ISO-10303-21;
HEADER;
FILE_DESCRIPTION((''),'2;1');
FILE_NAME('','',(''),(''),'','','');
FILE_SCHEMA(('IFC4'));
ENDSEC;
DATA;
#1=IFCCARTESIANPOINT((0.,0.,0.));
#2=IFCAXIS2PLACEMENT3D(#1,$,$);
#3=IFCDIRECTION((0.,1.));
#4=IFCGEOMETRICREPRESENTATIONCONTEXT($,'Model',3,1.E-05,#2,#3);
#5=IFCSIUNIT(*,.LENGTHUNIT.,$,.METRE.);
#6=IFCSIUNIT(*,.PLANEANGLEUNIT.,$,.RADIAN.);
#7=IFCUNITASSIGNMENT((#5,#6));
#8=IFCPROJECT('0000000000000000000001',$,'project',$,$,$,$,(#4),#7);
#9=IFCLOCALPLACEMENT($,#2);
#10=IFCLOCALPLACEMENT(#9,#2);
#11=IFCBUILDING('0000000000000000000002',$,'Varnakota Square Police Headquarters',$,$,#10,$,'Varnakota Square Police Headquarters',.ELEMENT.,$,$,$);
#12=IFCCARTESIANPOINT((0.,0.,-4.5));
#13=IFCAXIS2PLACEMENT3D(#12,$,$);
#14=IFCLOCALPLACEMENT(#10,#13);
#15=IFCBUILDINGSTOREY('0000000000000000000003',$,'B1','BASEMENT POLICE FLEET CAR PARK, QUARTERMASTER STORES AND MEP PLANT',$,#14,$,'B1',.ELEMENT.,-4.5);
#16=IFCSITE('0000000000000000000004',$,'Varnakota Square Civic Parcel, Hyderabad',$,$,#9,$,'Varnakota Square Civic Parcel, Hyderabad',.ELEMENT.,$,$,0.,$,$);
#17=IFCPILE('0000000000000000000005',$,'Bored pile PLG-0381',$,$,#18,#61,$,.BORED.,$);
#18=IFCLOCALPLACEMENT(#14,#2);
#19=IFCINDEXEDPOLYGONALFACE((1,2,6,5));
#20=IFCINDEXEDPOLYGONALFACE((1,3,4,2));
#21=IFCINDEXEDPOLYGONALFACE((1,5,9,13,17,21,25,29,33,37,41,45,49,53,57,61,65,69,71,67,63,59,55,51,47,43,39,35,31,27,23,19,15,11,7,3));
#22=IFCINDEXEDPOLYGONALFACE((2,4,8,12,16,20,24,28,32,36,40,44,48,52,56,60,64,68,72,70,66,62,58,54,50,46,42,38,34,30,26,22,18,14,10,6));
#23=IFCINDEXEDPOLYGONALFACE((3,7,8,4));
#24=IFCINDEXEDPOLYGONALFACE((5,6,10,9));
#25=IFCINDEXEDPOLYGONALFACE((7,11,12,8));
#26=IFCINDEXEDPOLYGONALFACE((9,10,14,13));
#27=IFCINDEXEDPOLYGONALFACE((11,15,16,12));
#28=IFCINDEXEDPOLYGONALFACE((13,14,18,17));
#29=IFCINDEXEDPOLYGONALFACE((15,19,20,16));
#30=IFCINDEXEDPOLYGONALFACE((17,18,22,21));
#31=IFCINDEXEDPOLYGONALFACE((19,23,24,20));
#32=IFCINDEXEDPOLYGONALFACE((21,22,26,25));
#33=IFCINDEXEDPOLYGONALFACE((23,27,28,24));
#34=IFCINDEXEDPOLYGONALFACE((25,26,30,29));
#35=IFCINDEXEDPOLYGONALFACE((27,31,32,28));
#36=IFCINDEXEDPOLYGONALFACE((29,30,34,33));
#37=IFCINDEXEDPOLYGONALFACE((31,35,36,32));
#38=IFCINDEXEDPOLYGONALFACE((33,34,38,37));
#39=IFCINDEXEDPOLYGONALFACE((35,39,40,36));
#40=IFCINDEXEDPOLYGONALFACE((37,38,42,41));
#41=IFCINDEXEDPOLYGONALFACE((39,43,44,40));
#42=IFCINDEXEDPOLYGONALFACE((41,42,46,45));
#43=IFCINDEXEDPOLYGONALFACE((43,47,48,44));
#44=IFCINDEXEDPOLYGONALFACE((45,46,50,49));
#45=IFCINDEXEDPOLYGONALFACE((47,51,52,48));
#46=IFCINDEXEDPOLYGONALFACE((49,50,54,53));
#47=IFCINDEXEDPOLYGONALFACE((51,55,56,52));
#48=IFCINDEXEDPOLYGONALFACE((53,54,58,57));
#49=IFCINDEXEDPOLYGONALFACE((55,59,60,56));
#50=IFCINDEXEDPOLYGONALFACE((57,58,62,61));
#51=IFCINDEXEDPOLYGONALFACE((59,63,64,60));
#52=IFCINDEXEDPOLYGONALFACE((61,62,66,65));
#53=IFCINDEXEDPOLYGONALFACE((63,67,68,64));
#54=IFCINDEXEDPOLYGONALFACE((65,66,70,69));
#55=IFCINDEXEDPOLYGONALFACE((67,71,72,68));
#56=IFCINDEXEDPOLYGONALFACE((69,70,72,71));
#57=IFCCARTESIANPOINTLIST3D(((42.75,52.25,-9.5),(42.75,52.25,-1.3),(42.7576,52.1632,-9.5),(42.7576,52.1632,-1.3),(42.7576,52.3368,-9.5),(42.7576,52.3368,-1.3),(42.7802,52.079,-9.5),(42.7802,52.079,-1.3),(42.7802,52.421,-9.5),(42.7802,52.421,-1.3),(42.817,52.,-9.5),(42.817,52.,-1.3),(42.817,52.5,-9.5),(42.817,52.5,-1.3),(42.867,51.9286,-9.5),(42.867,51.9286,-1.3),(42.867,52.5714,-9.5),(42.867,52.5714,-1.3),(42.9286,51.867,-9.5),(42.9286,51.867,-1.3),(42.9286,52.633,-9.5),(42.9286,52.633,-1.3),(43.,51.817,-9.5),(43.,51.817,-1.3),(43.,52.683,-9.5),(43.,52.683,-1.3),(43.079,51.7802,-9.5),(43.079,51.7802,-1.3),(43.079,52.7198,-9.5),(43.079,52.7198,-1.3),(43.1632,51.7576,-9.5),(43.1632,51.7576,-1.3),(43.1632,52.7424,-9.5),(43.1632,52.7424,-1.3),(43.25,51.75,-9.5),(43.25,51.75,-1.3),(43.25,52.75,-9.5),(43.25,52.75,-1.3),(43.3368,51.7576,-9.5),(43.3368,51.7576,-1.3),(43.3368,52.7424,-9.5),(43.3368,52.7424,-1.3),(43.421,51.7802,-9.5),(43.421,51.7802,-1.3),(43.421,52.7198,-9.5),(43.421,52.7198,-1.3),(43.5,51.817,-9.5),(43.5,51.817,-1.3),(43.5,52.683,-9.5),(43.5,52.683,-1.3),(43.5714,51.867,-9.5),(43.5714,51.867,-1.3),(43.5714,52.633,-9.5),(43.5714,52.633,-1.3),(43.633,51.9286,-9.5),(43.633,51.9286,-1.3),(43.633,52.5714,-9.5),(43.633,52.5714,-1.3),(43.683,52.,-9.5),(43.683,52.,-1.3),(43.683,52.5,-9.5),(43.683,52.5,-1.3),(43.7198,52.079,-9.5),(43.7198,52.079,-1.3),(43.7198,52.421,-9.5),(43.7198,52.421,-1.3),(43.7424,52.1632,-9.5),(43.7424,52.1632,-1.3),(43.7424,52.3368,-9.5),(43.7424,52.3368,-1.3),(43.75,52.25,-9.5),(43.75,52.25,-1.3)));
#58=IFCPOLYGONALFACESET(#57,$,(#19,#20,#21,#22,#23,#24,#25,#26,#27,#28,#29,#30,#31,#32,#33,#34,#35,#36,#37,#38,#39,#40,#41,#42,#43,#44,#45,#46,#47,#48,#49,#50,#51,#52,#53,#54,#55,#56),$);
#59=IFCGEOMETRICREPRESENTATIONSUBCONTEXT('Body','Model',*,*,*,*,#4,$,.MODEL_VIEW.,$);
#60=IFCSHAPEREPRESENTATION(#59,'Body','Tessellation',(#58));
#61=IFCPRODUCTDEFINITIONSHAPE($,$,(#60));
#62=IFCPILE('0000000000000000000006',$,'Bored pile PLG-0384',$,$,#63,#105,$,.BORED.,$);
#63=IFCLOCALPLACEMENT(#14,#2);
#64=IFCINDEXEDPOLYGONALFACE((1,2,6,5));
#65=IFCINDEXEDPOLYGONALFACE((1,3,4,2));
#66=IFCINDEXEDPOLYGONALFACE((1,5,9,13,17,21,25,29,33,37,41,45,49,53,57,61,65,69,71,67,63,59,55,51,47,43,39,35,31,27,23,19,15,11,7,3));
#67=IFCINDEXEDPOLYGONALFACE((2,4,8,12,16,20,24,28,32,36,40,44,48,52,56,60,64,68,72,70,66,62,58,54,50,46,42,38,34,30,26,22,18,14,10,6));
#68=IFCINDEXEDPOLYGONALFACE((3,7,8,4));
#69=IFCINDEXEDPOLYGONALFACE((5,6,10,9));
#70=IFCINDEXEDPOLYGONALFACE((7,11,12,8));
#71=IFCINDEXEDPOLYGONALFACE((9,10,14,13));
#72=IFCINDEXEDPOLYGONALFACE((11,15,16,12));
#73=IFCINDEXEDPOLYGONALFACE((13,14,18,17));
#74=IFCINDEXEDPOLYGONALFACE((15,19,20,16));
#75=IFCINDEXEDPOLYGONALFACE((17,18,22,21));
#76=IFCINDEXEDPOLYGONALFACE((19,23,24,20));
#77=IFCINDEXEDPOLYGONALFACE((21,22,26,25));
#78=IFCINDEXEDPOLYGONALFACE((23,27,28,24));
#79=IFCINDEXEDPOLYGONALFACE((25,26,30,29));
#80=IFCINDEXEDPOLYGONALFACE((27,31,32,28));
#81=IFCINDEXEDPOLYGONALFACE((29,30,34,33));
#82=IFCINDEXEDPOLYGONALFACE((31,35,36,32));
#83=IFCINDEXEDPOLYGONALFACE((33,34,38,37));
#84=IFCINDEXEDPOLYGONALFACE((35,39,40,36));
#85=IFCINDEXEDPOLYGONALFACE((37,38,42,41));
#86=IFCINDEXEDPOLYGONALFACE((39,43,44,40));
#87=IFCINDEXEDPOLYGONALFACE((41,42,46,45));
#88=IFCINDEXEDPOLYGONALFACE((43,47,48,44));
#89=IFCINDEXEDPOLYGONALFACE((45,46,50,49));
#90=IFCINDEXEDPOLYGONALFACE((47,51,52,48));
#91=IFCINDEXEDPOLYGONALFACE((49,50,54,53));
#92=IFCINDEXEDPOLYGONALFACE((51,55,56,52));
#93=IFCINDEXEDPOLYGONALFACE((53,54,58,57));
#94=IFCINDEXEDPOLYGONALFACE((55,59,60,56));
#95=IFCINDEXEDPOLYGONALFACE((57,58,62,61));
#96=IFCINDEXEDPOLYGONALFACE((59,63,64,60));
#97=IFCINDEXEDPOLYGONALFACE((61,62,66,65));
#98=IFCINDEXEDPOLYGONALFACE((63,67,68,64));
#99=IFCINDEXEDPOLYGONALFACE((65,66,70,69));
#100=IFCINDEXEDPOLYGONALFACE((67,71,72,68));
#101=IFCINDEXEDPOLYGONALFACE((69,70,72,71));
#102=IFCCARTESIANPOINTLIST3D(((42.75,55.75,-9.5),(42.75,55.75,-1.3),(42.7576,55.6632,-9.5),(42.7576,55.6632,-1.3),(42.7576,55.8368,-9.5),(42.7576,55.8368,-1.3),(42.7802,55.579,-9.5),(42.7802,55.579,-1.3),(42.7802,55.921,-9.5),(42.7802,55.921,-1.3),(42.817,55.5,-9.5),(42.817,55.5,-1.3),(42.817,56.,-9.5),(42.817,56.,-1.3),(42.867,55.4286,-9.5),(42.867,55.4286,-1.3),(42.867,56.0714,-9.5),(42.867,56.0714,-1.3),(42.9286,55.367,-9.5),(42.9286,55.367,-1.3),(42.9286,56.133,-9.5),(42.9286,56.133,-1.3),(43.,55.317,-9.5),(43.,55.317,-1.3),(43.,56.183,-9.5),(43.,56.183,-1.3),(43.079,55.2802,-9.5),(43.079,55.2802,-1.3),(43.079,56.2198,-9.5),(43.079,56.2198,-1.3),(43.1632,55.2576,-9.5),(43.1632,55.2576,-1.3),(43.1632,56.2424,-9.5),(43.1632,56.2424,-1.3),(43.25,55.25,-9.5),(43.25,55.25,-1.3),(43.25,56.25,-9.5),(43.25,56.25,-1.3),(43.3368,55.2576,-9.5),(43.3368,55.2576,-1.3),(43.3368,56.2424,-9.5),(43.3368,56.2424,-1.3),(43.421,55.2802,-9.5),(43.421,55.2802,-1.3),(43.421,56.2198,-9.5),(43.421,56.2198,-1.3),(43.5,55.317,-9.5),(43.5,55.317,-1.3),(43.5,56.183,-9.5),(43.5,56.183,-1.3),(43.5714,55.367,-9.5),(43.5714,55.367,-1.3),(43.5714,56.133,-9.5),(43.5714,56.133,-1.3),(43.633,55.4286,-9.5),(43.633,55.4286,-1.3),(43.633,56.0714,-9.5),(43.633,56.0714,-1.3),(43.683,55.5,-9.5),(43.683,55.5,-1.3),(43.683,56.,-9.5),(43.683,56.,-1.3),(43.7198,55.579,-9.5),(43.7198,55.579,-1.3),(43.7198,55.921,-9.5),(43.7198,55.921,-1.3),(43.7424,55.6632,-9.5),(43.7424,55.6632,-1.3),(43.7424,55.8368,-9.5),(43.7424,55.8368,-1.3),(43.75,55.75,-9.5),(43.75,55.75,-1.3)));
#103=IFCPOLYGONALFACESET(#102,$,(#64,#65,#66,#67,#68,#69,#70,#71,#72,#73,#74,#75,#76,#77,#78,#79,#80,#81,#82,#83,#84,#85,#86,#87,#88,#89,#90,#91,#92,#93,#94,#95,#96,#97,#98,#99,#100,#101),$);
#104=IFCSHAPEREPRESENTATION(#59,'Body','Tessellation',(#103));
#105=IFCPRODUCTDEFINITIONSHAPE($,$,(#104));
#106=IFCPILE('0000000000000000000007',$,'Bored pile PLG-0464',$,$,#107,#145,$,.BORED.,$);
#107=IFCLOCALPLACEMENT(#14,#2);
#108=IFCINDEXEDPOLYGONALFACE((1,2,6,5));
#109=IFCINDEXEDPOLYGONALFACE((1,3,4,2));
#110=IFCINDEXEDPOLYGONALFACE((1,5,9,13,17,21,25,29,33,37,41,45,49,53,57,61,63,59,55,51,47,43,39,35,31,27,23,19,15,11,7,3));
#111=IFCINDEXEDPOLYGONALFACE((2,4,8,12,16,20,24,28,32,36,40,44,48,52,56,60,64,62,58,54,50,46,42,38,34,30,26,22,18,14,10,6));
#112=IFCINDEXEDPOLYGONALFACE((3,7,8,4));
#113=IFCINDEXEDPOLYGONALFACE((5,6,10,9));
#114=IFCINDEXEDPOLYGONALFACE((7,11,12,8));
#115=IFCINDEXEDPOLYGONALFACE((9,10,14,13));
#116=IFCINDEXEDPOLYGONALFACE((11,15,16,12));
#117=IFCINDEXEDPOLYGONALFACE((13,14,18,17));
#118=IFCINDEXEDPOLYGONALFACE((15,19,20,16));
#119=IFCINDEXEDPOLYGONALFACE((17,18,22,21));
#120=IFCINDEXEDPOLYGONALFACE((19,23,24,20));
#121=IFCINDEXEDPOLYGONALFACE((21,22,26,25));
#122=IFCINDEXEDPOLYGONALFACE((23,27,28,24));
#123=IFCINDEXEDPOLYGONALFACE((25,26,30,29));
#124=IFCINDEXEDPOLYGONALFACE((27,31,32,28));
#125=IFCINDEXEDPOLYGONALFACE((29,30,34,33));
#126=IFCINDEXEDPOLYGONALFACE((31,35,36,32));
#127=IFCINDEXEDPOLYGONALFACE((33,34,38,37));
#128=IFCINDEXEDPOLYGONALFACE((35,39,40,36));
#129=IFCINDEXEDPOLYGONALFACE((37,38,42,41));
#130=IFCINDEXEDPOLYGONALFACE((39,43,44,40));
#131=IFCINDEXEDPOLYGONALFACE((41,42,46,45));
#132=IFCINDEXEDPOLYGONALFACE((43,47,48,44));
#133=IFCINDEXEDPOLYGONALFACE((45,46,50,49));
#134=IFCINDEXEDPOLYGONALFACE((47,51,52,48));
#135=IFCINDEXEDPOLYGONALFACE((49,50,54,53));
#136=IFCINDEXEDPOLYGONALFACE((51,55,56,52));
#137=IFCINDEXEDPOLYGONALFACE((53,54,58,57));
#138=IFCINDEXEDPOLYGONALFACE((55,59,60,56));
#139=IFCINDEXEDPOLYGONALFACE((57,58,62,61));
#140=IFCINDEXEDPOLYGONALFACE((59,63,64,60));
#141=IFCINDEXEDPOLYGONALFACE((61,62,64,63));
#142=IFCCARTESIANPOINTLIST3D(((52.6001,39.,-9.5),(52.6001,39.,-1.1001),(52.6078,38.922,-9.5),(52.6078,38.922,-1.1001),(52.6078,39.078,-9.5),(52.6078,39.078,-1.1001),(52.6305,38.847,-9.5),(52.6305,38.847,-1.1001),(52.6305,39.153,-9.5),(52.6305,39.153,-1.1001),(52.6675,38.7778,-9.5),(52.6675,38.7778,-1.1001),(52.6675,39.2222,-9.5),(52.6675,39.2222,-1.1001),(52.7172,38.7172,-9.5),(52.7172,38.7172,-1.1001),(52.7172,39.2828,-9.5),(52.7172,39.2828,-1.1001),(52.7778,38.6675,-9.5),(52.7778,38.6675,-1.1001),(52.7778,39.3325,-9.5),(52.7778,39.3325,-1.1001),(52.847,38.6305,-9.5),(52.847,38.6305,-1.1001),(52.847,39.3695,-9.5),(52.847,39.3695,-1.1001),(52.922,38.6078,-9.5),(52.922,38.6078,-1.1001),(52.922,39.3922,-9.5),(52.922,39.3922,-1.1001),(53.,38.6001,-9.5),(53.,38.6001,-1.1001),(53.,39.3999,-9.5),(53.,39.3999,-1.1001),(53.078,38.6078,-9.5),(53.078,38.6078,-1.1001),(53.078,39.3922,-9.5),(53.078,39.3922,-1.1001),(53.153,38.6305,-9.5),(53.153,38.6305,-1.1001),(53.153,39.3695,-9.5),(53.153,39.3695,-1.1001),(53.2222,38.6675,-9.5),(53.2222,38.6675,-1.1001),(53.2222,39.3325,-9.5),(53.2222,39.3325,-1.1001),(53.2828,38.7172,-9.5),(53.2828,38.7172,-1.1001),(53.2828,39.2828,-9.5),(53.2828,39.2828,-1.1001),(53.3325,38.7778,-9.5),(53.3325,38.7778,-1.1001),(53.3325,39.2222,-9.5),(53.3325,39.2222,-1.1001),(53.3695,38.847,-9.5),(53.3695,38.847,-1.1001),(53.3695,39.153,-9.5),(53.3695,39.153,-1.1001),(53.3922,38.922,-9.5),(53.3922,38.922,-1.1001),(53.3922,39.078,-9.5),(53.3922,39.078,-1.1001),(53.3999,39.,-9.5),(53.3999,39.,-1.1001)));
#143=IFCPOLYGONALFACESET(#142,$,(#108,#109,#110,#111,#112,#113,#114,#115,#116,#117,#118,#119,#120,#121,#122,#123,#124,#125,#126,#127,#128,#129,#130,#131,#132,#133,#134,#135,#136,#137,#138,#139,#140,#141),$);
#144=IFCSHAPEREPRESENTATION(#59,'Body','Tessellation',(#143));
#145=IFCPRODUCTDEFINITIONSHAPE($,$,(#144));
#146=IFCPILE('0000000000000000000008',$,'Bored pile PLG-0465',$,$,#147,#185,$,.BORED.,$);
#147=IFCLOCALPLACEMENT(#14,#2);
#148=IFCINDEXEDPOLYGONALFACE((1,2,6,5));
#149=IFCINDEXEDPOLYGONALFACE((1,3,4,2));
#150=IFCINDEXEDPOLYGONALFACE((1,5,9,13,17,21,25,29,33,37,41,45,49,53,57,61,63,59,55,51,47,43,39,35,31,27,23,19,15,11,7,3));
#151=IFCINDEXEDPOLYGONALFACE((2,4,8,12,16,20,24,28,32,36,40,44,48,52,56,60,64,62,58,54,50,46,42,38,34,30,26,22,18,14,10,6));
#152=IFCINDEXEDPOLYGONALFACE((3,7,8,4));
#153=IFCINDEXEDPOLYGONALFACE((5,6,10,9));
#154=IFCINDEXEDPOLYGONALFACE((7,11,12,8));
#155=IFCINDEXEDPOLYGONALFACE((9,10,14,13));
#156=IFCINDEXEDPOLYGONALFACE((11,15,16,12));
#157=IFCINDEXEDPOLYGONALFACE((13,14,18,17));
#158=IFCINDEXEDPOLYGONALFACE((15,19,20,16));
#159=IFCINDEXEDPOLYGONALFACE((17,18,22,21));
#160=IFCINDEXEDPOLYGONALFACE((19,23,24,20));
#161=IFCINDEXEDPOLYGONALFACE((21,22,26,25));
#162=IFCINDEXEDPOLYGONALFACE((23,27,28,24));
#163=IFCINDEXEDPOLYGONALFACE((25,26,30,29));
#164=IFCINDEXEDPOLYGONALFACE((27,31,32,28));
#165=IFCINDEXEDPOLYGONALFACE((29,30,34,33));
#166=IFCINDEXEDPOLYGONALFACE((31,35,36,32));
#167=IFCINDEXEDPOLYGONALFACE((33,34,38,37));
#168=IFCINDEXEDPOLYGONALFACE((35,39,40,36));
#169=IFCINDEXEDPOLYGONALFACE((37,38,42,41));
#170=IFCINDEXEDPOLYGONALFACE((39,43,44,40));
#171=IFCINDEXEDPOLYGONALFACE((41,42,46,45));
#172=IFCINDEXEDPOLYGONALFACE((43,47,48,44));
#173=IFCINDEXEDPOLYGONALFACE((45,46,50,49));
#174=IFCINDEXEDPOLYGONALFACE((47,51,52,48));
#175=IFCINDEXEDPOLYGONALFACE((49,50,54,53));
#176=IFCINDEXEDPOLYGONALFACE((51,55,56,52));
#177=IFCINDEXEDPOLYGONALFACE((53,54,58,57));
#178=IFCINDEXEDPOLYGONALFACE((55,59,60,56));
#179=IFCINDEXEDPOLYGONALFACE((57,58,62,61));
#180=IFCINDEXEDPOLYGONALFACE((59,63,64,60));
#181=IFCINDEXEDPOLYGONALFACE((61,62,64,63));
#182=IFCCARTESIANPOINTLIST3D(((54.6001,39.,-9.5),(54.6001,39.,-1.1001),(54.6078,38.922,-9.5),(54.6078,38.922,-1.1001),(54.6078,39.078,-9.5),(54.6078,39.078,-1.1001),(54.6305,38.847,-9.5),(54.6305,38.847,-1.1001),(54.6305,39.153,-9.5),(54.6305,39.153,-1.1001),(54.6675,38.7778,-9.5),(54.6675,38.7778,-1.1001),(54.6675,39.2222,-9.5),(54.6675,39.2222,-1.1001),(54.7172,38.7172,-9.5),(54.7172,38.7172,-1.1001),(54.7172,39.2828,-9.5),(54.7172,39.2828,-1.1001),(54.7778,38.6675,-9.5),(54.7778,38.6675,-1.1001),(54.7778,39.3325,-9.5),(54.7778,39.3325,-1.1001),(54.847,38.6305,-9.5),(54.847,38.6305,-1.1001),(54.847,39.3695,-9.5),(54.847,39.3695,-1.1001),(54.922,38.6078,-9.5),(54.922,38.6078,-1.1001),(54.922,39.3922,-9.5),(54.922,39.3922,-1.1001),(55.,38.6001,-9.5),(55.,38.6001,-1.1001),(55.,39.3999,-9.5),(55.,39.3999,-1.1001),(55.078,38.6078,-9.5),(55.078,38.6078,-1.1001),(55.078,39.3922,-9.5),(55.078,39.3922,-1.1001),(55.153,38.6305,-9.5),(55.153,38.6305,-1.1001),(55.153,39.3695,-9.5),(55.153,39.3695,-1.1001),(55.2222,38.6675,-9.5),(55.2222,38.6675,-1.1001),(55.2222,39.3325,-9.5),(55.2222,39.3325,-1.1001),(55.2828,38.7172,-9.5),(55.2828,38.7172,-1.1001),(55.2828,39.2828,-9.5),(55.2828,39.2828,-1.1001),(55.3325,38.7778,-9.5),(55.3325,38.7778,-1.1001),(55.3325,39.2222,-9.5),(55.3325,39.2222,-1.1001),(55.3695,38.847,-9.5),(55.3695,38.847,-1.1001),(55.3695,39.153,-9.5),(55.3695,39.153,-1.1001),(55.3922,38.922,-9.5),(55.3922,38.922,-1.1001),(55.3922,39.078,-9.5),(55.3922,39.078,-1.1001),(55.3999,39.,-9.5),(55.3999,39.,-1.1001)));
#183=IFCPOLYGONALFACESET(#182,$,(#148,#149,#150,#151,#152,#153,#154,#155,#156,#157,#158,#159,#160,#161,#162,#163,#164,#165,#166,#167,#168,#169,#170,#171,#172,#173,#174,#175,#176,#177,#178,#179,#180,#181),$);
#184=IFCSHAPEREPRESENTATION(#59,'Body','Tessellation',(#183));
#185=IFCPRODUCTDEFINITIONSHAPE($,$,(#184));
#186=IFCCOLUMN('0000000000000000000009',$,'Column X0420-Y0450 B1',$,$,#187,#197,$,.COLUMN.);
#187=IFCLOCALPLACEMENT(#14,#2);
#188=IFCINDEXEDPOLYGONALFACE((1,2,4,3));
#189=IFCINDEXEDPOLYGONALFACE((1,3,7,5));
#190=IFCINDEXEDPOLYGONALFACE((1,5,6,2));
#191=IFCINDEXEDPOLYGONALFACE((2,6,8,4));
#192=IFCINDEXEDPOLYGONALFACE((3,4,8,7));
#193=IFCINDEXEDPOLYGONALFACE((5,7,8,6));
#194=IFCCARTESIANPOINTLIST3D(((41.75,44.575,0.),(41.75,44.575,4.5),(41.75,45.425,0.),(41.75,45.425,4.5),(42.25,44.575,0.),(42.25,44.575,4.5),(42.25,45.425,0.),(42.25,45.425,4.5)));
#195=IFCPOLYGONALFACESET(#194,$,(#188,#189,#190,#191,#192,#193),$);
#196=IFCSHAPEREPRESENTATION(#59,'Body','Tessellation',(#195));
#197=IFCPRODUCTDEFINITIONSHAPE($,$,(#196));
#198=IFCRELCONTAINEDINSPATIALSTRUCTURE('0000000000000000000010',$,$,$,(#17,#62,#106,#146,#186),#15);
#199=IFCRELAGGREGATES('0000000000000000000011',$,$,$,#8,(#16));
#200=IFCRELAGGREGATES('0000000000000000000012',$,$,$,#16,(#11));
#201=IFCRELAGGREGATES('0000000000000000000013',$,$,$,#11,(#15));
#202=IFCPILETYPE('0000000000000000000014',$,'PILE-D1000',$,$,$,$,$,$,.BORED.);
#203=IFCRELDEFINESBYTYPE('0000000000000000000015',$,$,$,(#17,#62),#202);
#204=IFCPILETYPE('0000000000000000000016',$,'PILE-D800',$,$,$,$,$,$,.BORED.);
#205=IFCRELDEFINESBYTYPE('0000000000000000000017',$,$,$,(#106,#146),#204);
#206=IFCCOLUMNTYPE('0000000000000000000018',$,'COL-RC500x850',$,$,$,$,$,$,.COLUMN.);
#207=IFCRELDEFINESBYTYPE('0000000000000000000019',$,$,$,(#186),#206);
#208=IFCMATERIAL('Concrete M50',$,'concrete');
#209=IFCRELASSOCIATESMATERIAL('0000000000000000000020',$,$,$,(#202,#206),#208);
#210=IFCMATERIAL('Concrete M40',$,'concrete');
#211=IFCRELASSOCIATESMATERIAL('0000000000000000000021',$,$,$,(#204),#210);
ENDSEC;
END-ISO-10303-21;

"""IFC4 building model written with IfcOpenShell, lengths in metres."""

from ifc_helpers import new_model, si_unit, direction, frame, origin, origin_2d, place, context, subcontext, project, spatial, rectangle, circle, extrude, material, material_profile, profile_set, type_object, element, save


model = new_model("IFC4")

# Units and contexts
model_context = context("Model", 3, precision=1e-05, world=origin(), true_north=direction((0.0, 1.0)))
body_context = subcontext(model_context, "Body", "Model", "MODEL_VIEW")
ifc_project = project(units=[si_unit("LENGTHUNIT", "METRE"), si_unit("PLANEANGLEUNIT", "RADIAN")], contexts=[model_context])

# Site, building, storey
site_placement = place(None, origin())
site = spatial("IfcSite", under=ifc_project, at=site_placement, Name="Varnakota Square Civic Parcel, Hyderabad", LongName="Varnakota Square Civic Parcel, Hyderabad", CompositionType="ELEMENT", RefElevation=0.0)
building_placement = place(site_placement, origin())
building = spatial("IfcBuilding", under=site, at=building_placement, Name="Varnakota Square Police Headquarters", LongName="Varnakota Square Police Headquarters", CompositionType="ELEMENT")
storey_placement = place(building_placement, frame((0.0, 0.0, -4.5)))
storey = spatial("IfcBuildingStorey", under=building, at=storey_placement, Name="B1", Description="BASEMENT POLICE FLEET CAR PARK, QUARTERMASTER STORES AND MEP PLANT", LongName="B1", CompositionType="ELEMENT", Elevation=-4.5)

# Shared definitions
ifc_material_1 = material(Name="Concrete M40", Category="concrete")
ifc_material_2 = material(Name="Concrete M50", Category="concrete")

# Piles
ifc_material_profile_1 = material_profile(ifc_material_2, circle(Radius=0.5, at=origin_2d()), Name="BORED PILE 1000")
ifc_profile_set_1 = profile_set([ifc_material_profile_1], Name="Concrete M50")
pile_type_1 = type_object("IfcPileType", Name="PILE-D1000", PredefinedType="BORED", material=ifc_profile_set_1)
for number, where, z_axis, x_axis, name in (
    (1, (43.25, 52.25, -1.3), (0.0, 0.0, -1.0), (1.0, 0.0, 0.0), "Bored pile PLG-0381"),
    (2, (43.25, 55.75, -1.3), (0.0, 0.0, -1.0), (1.0, 0.0, 0.0), "Bored pile PLG-0384"),
):
    element("IfcPile", number, at=place(storey_placement, frame(where, z_axis=z_axis, x_axis=x_axis)), inside=storey, type_object=pile_type_1, Name=name, PredefinedType="BORED", context=body_context, shape_type="SweptSolid", body=[
        extrude(circle(Radius=0.5, at=origin_2d()), origin(), (0.0, 0.0, 1.0), 8.2),
    ])
ifc_material_profile_2 = material_profile(ifc_material_1, circle(Radius=0.3999, at=origin_2d()), Name="BORED PILE 800")
ifc_profile_set_2 = profile_set([ifc_material_profile_2], Name="Concrete M40")
pile_type_2 = type_object("IfcPileType", Name="PILE-D800", PredefinedType="BORED", material=ifc_profile_set_2)
for number, where, z_axis, x_axis, name in (
    (3, (53.0, 39.0, -1.1001), (0.0, 0.0, -1.0), (1.0, 0.0, 0.0), "Bored pile PLG-0464"),
    (4, (55.0, 39.0, -1.1001), (0.0, 0.0, -1.0), (1.0, 0.0, 0.0), "Bored pile PLG-0465"),
):
    element("IfcPile", number, at=place(storey_placement, frame(where, z_axis=z_axis, x_axis=x_axis)), inside=storey, type_object=pile_type_2, Name=name, PredefinedType="BORED", context=body_context, shape_type="SweptSolid", body=[
        extrude(circle(Radius=0.3999, at=origin_2d()), origin(), (0.0, 0.0, 1.0), 8.3999),
    ])

# Column
ifc_material_profile_3 = material_profile(ifc_material_2, rectangle(XDim=0.5, YDim=0.8501, at=origin_2d()), Name="RC 500x850")
ifc_profile_set_3 = profile_set([ifc_material_profile_3], Name="Concrete M50")
column_type_1 = type_object("IfcColumnType", Name="COL-RC500x850", PredefinedType="COLUMN", material=ifc_profile_set_3)
column_1_placement = place(storey_placement, frame((42.0, 45.0, 0.0), z_axis=(0.0, 0.0, 1.0), x_axis=(1.0, 0.0, 0.0)))
element("IfcColumn", 5, at=column_1_placement, inside=storey, type_object=column_type_1, Name="Column X0420-Y0450 B1", PredefinedType="COLUMN", context=body_context, shape_type="SweptSolid", body=[
    extrude(rectangle(XDim=0.5, YDim=0.8501, at=origin_2d()), origin(), (0.0, 0.0, 1.0), 4.5),
])

save(model, "model.ifc")
